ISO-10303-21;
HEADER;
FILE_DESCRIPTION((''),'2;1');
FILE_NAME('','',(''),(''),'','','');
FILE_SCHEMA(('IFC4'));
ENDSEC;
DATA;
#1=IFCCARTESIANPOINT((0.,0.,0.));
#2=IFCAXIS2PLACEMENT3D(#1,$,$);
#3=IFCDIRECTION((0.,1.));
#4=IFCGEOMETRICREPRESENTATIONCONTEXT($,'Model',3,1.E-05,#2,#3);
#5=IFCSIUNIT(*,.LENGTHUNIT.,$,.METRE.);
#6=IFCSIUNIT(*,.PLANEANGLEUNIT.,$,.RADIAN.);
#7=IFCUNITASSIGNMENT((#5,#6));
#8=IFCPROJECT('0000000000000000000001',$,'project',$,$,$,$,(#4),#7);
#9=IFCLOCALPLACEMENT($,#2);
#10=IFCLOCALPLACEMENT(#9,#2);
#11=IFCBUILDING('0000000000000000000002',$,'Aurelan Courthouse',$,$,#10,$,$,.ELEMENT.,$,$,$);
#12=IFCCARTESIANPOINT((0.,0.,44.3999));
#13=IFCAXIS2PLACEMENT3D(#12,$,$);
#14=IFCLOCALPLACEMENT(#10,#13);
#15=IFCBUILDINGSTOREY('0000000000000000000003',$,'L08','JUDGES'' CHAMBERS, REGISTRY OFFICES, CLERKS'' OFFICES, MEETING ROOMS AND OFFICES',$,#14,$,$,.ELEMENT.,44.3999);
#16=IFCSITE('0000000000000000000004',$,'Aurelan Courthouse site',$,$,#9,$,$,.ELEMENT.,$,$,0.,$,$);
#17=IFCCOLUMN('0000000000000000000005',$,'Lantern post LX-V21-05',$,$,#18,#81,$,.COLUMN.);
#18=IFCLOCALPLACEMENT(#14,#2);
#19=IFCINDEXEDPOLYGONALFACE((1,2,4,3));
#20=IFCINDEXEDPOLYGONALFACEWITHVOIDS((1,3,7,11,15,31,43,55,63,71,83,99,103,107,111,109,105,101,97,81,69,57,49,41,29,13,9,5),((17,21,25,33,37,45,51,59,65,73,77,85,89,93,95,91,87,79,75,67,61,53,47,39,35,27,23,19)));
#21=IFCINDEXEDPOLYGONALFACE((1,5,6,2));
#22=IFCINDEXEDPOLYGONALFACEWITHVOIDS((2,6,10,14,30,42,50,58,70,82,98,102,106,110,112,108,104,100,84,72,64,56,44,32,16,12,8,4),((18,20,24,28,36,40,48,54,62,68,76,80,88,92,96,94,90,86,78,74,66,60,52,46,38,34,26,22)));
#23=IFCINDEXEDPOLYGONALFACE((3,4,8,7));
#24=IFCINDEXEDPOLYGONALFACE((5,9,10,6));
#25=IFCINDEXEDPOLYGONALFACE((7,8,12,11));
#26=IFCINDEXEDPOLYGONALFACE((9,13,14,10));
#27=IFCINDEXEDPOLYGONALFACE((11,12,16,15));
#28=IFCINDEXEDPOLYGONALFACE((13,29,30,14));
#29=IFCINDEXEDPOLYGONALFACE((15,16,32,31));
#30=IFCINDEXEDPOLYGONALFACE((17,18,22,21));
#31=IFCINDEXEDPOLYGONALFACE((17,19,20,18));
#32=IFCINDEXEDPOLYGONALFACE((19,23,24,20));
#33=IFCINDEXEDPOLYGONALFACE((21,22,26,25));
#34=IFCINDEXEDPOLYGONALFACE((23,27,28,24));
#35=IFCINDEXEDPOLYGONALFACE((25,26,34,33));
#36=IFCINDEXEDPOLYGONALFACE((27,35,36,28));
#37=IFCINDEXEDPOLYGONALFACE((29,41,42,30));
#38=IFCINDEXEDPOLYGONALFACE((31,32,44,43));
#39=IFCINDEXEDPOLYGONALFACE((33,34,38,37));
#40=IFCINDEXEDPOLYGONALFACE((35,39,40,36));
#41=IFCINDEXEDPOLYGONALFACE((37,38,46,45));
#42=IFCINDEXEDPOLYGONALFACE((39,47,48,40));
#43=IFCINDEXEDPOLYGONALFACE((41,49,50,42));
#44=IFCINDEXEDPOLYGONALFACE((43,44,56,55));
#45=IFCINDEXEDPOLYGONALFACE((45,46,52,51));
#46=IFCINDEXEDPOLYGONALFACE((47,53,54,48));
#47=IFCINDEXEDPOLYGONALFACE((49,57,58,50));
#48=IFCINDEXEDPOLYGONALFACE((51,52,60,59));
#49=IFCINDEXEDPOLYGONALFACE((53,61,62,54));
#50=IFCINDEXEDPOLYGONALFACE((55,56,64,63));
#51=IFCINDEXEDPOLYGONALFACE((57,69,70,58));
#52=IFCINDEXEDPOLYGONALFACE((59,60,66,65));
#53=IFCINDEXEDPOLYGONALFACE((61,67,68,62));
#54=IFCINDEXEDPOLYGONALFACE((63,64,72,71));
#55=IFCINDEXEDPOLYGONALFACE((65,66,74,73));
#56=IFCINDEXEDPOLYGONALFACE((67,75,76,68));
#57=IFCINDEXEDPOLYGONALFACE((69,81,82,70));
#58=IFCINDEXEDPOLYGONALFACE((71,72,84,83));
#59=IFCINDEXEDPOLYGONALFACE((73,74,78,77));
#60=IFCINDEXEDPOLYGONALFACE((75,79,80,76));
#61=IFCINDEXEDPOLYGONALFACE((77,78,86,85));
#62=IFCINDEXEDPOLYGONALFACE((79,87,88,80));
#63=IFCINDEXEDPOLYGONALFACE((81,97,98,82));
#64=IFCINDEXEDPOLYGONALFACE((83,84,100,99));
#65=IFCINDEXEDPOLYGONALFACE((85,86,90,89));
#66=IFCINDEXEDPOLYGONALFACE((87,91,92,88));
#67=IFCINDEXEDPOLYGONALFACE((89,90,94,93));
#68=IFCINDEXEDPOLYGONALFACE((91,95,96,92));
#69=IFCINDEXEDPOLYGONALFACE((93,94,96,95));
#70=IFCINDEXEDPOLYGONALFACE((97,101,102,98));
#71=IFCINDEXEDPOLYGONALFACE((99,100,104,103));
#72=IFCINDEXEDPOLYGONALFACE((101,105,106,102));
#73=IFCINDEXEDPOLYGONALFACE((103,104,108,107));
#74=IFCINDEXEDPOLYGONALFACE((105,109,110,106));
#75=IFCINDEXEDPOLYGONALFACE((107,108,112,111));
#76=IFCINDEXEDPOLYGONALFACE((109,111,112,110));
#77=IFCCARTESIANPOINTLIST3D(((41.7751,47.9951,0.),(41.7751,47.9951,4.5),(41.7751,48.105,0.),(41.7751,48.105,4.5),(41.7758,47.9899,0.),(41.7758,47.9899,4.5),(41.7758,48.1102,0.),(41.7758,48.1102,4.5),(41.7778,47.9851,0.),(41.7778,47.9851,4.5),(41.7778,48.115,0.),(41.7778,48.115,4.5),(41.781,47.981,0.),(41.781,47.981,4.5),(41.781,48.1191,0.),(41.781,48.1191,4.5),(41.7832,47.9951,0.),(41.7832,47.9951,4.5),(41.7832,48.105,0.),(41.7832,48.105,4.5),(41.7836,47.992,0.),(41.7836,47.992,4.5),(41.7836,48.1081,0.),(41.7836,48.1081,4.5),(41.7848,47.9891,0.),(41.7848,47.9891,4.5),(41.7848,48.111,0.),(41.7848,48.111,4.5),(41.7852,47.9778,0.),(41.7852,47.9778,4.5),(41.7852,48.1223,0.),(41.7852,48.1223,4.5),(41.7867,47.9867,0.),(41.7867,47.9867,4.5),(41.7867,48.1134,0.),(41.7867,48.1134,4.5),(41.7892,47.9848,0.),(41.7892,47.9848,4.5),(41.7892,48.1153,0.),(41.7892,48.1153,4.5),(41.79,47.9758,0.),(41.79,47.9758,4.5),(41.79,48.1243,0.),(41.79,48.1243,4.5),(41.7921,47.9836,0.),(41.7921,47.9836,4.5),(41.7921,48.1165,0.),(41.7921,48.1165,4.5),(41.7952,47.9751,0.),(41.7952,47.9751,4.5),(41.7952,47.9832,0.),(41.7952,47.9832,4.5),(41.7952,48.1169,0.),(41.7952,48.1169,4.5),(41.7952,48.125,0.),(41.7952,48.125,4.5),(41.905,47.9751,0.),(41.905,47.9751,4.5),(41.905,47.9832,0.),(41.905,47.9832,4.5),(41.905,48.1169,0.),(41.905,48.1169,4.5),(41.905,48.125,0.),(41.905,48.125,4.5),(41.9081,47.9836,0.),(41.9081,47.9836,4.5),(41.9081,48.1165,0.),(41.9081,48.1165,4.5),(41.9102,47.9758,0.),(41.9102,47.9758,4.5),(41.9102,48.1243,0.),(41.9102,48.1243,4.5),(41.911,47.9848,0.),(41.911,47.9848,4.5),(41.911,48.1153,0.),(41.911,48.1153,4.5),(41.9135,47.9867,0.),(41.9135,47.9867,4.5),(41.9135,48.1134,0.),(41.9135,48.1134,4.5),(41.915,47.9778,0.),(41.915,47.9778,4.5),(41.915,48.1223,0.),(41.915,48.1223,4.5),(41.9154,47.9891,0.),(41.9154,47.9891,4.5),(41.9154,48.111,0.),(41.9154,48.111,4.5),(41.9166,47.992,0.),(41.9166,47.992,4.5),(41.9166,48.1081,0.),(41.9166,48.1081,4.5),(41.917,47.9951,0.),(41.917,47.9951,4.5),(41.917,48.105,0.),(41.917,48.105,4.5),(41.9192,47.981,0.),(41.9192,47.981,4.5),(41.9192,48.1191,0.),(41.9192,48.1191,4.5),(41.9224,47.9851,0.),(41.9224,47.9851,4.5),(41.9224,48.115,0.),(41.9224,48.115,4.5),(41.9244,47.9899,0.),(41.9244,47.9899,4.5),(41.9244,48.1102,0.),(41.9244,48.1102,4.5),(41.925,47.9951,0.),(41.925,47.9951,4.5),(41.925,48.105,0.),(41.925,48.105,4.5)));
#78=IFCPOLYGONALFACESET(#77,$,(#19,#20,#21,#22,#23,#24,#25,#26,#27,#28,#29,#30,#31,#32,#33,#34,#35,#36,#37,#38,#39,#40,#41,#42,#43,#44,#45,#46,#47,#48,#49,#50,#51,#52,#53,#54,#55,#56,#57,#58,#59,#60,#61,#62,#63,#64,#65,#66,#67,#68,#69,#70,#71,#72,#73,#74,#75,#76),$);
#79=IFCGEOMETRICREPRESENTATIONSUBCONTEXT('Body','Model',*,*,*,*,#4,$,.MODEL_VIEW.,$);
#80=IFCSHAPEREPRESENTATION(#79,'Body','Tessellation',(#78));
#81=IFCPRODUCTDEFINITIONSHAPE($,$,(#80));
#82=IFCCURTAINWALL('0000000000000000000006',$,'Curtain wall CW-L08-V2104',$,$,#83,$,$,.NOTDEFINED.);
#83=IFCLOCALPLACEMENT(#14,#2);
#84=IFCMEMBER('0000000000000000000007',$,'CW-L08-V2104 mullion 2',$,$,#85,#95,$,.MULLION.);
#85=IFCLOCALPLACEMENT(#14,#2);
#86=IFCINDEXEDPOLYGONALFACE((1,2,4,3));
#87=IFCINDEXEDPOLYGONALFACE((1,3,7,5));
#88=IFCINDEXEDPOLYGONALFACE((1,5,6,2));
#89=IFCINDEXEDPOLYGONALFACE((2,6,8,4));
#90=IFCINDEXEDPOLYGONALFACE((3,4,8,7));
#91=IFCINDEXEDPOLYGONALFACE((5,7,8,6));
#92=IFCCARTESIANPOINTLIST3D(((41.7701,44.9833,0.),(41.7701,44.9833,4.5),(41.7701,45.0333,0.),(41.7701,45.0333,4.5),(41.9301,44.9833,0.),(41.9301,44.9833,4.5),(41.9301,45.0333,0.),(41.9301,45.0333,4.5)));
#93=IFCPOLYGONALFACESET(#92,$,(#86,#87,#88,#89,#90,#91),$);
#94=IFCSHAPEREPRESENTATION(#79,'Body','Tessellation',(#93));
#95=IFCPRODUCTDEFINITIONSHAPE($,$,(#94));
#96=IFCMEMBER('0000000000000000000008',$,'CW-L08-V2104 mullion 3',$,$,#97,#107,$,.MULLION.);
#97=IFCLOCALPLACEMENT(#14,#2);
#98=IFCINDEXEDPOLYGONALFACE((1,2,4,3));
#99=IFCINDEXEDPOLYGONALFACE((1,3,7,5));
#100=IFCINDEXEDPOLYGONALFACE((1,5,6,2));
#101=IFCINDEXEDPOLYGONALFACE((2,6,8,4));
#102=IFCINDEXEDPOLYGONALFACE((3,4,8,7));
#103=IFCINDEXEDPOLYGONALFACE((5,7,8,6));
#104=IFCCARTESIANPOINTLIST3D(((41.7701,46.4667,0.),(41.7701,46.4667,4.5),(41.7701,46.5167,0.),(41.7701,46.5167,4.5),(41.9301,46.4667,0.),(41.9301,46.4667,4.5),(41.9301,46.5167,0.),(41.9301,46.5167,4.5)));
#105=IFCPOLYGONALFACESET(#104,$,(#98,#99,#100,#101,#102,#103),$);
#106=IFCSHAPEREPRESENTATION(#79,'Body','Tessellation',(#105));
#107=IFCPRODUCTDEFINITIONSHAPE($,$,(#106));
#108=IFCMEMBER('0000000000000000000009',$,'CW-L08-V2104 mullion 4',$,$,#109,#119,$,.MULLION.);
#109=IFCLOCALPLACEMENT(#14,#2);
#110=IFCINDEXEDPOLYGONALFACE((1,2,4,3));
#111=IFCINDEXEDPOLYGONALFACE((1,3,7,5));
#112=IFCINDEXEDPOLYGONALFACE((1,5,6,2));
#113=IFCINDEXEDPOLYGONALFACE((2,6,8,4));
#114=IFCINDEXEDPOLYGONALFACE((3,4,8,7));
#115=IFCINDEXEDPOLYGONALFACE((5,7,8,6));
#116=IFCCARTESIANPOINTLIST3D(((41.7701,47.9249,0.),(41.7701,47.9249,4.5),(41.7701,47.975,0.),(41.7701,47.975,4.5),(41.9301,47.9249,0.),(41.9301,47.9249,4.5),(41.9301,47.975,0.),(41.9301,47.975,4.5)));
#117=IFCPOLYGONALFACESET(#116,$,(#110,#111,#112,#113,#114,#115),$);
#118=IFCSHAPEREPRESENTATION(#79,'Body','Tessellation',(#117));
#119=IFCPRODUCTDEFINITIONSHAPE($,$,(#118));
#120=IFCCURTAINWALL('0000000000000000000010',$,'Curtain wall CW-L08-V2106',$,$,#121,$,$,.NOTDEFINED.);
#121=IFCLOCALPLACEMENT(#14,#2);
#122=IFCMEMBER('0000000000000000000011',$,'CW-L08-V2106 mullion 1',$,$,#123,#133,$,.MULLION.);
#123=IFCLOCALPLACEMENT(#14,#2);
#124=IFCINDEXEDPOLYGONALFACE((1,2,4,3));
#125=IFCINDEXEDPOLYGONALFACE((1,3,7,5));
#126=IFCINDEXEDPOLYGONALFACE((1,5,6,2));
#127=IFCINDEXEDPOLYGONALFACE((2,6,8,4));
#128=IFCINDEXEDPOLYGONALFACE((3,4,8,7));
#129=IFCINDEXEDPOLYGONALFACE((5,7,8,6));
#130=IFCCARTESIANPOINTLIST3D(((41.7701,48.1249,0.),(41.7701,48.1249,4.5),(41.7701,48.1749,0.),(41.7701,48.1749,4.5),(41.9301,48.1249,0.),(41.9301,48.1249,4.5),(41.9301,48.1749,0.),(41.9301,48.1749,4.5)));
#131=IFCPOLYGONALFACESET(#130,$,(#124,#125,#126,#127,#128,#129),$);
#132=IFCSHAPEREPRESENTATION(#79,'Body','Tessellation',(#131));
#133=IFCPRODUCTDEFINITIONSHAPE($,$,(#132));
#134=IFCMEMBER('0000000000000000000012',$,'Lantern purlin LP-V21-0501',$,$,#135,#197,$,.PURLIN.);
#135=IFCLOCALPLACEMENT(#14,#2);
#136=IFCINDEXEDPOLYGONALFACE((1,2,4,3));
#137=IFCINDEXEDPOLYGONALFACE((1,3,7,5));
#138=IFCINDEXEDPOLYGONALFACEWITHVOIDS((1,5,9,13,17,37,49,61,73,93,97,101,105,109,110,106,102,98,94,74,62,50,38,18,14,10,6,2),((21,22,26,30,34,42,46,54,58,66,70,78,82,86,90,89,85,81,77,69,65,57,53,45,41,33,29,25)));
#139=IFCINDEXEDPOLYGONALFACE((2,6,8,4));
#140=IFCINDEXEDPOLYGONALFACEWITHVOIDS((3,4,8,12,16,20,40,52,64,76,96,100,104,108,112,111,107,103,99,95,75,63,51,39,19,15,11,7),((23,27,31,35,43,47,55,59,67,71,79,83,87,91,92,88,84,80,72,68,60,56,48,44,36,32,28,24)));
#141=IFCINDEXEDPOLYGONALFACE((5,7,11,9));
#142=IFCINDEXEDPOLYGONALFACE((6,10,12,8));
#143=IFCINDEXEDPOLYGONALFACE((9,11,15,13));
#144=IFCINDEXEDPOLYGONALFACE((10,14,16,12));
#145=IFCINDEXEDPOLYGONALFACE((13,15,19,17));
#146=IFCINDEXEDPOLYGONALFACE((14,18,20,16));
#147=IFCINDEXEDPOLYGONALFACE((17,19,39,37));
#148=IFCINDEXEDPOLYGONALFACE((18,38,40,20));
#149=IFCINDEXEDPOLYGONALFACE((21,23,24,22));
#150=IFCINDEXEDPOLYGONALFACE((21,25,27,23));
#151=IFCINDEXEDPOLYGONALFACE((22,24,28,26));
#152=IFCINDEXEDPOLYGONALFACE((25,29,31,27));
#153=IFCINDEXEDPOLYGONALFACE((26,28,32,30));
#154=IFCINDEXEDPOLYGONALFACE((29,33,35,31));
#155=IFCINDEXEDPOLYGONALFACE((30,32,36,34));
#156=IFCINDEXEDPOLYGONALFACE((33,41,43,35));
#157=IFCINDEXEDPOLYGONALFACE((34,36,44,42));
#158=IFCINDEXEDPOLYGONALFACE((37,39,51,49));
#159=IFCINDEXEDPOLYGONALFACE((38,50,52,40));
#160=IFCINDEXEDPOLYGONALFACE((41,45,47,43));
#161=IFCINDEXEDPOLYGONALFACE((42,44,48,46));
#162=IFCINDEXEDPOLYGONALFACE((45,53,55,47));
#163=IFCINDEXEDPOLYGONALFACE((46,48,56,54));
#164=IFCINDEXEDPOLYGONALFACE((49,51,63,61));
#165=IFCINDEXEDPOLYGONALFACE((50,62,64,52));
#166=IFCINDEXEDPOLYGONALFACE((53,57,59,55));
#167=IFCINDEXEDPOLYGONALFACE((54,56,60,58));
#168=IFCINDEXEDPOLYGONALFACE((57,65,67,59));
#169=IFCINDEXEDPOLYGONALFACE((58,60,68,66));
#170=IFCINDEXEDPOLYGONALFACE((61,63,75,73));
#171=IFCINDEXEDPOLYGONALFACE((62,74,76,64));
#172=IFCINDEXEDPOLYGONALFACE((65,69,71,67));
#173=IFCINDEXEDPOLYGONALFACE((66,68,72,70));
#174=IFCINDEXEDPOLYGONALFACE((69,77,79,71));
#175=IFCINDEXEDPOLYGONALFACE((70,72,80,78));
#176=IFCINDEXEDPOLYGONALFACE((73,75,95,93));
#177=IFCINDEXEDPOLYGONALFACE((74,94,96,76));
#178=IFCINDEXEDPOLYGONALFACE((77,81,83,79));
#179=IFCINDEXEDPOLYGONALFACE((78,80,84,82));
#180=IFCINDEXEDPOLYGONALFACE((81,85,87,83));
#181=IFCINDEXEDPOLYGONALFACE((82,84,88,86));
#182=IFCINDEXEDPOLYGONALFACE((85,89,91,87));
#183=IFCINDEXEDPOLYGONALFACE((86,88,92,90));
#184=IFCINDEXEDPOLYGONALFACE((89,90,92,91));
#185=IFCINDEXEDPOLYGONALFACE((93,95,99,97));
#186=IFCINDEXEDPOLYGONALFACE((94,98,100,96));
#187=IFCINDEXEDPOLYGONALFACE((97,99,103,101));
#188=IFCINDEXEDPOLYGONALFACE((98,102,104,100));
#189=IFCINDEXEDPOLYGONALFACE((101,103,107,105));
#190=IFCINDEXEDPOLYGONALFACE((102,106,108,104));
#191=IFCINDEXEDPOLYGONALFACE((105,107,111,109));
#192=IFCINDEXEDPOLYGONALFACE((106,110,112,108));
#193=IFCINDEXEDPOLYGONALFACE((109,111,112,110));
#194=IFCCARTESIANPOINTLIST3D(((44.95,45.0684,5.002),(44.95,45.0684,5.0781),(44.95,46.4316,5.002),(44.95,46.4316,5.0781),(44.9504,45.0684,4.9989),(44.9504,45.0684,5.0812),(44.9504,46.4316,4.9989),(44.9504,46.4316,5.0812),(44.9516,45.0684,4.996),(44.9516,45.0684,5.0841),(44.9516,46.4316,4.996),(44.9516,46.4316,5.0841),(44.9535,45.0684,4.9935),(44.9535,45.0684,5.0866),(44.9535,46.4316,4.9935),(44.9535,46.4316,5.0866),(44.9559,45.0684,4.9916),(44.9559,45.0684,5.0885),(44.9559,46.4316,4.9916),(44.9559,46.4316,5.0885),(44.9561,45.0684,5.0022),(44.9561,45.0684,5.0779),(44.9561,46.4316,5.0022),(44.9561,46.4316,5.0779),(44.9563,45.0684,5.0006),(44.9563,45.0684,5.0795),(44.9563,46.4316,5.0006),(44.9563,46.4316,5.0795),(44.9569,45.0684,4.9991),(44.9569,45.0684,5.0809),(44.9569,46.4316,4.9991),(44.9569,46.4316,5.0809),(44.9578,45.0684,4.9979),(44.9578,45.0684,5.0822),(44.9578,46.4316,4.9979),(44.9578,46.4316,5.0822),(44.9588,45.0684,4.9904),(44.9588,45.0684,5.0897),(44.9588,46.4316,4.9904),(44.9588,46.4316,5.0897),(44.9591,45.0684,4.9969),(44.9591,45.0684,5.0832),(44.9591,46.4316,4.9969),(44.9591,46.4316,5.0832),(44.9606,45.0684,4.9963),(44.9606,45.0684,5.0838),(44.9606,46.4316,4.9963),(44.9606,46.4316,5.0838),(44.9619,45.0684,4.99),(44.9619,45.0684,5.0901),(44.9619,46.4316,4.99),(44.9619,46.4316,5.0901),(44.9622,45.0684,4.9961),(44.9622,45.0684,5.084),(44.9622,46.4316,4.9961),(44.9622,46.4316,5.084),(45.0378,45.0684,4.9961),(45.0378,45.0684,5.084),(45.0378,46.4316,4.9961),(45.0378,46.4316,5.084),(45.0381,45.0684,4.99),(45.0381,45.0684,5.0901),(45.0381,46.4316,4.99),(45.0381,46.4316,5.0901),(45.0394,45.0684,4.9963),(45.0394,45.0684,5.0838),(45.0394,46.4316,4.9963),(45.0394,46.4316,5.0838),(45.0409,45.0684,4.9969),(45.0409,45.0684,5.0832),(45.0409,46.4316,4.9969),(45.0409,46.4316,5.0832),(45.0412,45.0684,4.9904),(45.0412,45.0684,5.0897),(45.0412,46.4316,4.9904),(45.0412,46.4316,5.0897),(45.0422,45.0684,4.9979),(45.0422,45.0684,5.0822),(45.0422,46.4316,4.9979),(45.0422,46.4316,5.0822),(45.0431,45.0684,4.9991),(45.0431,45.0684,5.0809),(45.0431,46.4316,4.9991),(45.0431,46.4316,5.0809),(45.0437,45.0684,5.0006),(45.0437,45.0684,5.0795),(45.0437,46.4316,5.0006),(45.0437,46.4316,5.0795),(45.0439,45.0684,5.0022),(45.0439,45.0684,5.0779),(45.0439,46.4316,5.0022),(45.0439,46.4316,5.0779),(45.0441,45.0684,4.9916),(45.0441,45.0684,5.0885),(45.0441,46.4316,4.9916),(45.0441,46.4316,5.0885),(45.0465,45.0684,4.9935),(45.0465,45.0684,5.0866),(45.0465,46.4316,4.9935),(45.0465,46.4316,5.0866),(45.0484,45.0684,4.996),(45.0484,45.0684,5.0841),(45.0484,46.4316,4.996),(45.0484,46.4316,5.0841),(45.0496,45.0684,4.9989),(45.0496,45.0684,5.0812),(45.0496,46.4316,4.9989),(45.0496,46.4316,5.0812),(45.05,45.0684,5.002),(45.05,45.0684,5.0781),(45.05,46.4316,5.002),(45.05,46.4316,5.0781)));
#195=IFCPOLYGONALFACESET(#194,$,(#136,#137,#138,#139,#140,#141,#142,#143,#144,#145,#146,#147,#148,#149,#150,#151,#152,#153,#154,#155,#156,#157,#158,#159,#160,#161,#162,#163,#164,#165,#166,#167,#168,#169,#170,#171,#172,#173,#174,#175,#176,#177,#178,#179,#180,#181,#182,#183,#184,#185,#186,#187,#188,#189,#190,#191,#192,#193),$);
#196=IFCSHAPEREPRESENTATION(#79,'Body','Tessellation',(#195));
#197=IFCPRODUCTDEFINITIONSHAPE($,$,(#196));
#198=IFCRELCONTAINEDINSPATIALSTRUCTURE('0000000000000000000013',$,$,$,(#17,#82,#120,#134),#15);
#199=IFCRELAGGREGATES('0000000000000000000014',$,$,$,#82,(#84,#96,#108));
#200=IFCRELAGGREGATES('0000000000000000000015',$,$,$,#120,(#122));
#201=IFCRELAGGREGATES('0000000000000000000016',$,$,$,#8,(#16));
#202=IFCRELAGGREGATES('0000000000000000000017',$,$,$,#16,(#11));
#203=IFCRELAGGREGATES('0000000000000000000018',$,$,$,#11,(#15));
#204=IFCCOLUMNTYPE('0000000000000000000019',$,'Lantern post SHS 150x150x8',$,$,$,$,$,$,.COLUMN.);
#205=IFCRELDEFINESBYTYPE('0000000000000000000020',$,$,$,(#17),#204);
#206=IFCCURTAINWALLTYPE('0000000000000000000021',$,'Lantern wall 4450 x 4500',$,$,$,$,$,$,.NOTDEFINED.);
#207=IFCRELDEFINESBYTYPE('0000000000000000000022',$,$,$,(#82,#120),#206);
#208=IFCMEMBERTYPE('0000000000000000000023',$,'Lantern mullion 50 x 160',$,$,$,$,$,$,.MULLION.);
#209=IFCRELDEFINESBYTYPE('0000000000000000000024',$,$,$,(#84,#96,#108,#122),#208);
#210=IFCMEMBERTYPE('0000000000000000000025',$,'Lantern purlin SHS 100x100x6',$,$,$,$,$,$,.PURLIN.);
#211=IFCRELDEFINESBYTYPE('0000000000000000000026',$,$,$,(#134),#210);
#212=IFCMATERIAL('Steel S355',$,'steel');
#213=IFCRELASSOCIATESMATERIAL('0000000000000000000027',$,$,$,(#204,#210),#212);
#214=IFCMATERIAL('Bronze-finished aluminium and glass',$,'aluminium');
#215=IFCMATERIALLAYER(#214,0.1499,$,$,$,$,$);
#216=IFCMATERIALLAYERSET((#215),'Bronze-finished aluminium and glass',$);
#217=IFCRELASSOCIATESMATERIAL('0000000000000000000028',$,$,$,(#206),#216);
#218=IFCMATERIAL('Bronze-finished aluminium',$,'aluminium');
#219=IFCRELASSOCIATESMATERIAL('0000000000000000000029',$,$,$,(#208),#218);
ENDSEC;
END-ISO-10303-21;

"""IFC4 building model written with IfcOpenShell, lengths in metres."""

from ifc_helpers import new_model, si_unit, direction, frame, origin, origin_2d, place, context, subcontext, project, spatial, rectangle, hollow_rectangle, extrude, material, layer, layer_set, material_profile, profile_set, type_object, element, aggregate, save


model = new_model("IFC4")

# Units and contexts
model_context = context("Model", 3, precision=1e-05, world=origin(), true_north=direction((0.0, 1.0)))
body_context = subcontext(model_context, "Body", "Model", "MODEL_VIEW")
ifc_project = project(units=[si_unit("LENGTHUNIT", "METRE"), si_unit("PLANEANGLEUNIT", "RADIAN")], contexts=[model_context])

# Site, building, storey
site_placement = place(None, origin())
site = spatial("IfcSite", under=ifc_project, at=site_placement, Name="Aurelan Courthouse site", CompositionType="ELEMENT", RefElevation=0.0)
building_placement = place(site_placement, origin())
building = spatial("IfcBuilding", under=site, at=building_placement, Name="Aurelan Courthouse", CompositionType="ELEMENT")
storey_placement = place(building_placement, frame((0.0, 0.0, 44.3999)))
storey = spatial("IfcBuildingStorey", under=building, at=storey_placement, Name="L08", Description="JUDGES' CHAMBERS, REGISTRY OFFICES, CLERKS' OFFICES, MEETING ROOMS AND OFFICES", CompositionType="ELEMENT", Elevation=44.3999)

# Column
ifc_material_1 = material(Name="Steel S355", Category="steel")
ifc_material_profile_1 = material_profile(ifc_material_1, hollow_rectangle(XDim=0.1499, YDim=0.1499, WallThickness=0.0081, InnerFilletRadius=0.012, OuterFilletRadius=0.02, at=origin_2d()), Name="SHS 150x150x8")
ifc_profile_set_1 = profile_set([ifc_material_profile_1], Name="Steel S355")
column_type = type_object("IfcColumnType", Name="Lantern post SHS 150x150x8", PredefinedType="COLUMN", material=ifc_profile_set_1)
column_placement = place(storey_placement, frame((41.8501, 48.05, 0.0), z_axis=(0.0, 0.0, 1.0), x_axis=(1.0, 0.0, 0.0)))
element("IfcColumn", 1, at=column_placement, inside=storey, type_object=column_type, Name="Lantern post LX-V21-05", PredefinedType="COLUMN", context=body_context, shape_type="SweptSolid", body=[
    extrude(hollow_rectangle(XDim=0.1499, YDim=0.1499, WallThickness=0.0081, InnerFilletRadius=0.012, OuterFilletRadius=0.02, at=origin_2d()), origin(), (0.0, 0.0, 1.0), 4.5),
])

# Curtain wall, members
ifc_material_2 = material(Name="Bronze-finished aluminium and glass", Category="aluminium")
ifc_layer_1 = layer(ifc_material_2, 0.1499)
ifc_layer_set_1 = layer_set([ifc_layer_1], Name="Bronze-finished aluminium and glass")
curtain_wall_type = type_object("IfcCurtainWallType", Name="Lantern wall 4450 x 4500", PredefinedType="NOTDEFINED", material=ifc_layer_set_1)
curtain_wall_1_placement = place(storey_placement, origin())
curtain_wall_1 = element("IfcCurtainWall", 2, at=curtain_wall_1_placement, inside=storey, type_object=curtain_wall_type, Name="Curtain wall CW-L08-V2104", PredefinedType="NOTDEFINED")
ifc_material_3 = material(Name="Bronze-finished aluminium", Category="aluminium")
ifc_material_profile_2 = material_profile(ifc_material_3, rectangle(XDim=0.1599, YDim=0.05, at=origin_2d()), Name="Lantern mullion 50 x 160")
ifc_profile_set_2 = profile_set([ifc_material_profile_2], Name="Bronze-finished aluminium")
member_type_1 = type_object("IfcMemberType", Name="Lantern mullion 50 x 160", PredefinedType="MULLION", material=ifc_profile_set_2)
member_1_placement = place(storey_placement, frame((41.8501, 45.0083, 0.0), z_axis=(0.0, 0.0, 1.0), x_axis=(-1.0, 0.0, 0.0)))
member_1 = element("IfcMember", 3, at=member_1_placement, type_object=member_type_1, Name="CW-L08-V2104 mullion 2", PredefinedType="MULLION", context=body_context, shape_type="SweptSolid", body=[
    extrude(rectangle(XDim=0.1599, YDim=0.05, at=origin_2d()), origin(), (0.0, 0.0, 1.0), 4.5),
])
member_2_placement = place(storey_placement, frame((41.8501, 46.4917, 0.0), z_axis=(0.0, 0.0, 1.0), x_axis=(-1.0, 0.0, 0.0)))
member_2 = element("IfcMember", 4, at=member_2_placement, type_object=member_type_1, Name="CW-L08-V2104 mullion 3", PredefinedType="MULLION", context=body_context, shape_type="SweptSolid", body=[
    extrude(rectangle(XDim=0.1599, YDim=0.05, at=origin_2d()), origin(), (0.0, 0.0, 1.0), 4.5),
])
member_3_placement = place(storey_placement, frame((41.8501, 47.95, 0.0), z_axis=(0.0, 0.0, 1.0), x_axis=(-1.0, 0.0, 0.0)))
member_3 = element("IfcMember", 5, at=member_3_placement, type_object=member_type_1, Name="CW-L08-V2104 mullion 4", PredefinedType="MULLION", context=body_context, shape_type="SweptSolid", body=[
    extrude(rectangle(XDim=0.1599, YDim=0.05, at=origin_2d()), origin(), (0.0, 0.0, 1.0), 4.5),
])

# Curtain wall, member
curtain_wall_2_placement = place(storey_placement, origin())
curtain_wall_2 = element("IfcCurtainWall", 6, at=curtain_wall_2_placement, inside=storey, type_object=curtain_wall_type, Name="Curtain wall CW-L08-V2106", PredefinedType="NOTDEFINED")
member_4_placement = place(storey_placement, frame((41.8501, 48.1499, 0.0), z_axis=(0.0, 0.0, 1.0), x_axis=(-1.0, 0.0, 0.0)))
member_4 = element("IfcMember", 7, at=member_4_placement, type_object=member_type_1, Name="CW-L08-V2106 mullion 1", PredefinedType="MULLION", context=body_context, shape_type="SweptSolid", body=[
    extrude(rectangle(XDim=0.1599, YDim=0.05, at=origin_2d()), origin(), (0.0, 0.0, 1.0), 4.5),
])

# Member
ifc_material_profile_3 = material_profile(ifc_material_1, hollow_rectangle(XDim=0.1001, YDim=0.1001, WallThickness=0.0061, InnerFilletRadius=0.0061, OuterFilletRadius=0.012, at=origin_2d()), Name="SHS 100x100x6")
ifc_profile_set_3 = profile_set([ifc_material_profile_3], Name="Steel S355")
member_type_2 = type_object("IfcMemberType", Name="Lantern purlin SHS 100x100x6", PredefinedType="PURLIN", material=ifc_profile_set_3)
member_5_placement = place(storey_placement, frame((45.0, 45.0684, 5.04), z_axis=(0.0, 1.0, 0.0), x_axis=(-1.0, 0.0, 0.0)))
element("IfcMember", 8, at=member_5_placement, inside=storey, type_object=member_type_2, Name="Lantern purlin LP-V21-0501", PredefinedType="PURLIN", context=body_context, shape_type="SweptSolid", body=[
    extrude(hollow_rectangle(XDim=0.1001, YDim=0.1001, WallThickness=0.0061, InnerFilletRadius=0.0061, OuterFilletRadius=0.012, at=origin_2d()), origin(), (0.0, 0.0, 1.0), 1.3633),
])

aggregate(curtain_wall_1, [member_1, member_2, member_3])
aggregate(curtain_wall_2, [member_4])

save(model, "model.ifc")
